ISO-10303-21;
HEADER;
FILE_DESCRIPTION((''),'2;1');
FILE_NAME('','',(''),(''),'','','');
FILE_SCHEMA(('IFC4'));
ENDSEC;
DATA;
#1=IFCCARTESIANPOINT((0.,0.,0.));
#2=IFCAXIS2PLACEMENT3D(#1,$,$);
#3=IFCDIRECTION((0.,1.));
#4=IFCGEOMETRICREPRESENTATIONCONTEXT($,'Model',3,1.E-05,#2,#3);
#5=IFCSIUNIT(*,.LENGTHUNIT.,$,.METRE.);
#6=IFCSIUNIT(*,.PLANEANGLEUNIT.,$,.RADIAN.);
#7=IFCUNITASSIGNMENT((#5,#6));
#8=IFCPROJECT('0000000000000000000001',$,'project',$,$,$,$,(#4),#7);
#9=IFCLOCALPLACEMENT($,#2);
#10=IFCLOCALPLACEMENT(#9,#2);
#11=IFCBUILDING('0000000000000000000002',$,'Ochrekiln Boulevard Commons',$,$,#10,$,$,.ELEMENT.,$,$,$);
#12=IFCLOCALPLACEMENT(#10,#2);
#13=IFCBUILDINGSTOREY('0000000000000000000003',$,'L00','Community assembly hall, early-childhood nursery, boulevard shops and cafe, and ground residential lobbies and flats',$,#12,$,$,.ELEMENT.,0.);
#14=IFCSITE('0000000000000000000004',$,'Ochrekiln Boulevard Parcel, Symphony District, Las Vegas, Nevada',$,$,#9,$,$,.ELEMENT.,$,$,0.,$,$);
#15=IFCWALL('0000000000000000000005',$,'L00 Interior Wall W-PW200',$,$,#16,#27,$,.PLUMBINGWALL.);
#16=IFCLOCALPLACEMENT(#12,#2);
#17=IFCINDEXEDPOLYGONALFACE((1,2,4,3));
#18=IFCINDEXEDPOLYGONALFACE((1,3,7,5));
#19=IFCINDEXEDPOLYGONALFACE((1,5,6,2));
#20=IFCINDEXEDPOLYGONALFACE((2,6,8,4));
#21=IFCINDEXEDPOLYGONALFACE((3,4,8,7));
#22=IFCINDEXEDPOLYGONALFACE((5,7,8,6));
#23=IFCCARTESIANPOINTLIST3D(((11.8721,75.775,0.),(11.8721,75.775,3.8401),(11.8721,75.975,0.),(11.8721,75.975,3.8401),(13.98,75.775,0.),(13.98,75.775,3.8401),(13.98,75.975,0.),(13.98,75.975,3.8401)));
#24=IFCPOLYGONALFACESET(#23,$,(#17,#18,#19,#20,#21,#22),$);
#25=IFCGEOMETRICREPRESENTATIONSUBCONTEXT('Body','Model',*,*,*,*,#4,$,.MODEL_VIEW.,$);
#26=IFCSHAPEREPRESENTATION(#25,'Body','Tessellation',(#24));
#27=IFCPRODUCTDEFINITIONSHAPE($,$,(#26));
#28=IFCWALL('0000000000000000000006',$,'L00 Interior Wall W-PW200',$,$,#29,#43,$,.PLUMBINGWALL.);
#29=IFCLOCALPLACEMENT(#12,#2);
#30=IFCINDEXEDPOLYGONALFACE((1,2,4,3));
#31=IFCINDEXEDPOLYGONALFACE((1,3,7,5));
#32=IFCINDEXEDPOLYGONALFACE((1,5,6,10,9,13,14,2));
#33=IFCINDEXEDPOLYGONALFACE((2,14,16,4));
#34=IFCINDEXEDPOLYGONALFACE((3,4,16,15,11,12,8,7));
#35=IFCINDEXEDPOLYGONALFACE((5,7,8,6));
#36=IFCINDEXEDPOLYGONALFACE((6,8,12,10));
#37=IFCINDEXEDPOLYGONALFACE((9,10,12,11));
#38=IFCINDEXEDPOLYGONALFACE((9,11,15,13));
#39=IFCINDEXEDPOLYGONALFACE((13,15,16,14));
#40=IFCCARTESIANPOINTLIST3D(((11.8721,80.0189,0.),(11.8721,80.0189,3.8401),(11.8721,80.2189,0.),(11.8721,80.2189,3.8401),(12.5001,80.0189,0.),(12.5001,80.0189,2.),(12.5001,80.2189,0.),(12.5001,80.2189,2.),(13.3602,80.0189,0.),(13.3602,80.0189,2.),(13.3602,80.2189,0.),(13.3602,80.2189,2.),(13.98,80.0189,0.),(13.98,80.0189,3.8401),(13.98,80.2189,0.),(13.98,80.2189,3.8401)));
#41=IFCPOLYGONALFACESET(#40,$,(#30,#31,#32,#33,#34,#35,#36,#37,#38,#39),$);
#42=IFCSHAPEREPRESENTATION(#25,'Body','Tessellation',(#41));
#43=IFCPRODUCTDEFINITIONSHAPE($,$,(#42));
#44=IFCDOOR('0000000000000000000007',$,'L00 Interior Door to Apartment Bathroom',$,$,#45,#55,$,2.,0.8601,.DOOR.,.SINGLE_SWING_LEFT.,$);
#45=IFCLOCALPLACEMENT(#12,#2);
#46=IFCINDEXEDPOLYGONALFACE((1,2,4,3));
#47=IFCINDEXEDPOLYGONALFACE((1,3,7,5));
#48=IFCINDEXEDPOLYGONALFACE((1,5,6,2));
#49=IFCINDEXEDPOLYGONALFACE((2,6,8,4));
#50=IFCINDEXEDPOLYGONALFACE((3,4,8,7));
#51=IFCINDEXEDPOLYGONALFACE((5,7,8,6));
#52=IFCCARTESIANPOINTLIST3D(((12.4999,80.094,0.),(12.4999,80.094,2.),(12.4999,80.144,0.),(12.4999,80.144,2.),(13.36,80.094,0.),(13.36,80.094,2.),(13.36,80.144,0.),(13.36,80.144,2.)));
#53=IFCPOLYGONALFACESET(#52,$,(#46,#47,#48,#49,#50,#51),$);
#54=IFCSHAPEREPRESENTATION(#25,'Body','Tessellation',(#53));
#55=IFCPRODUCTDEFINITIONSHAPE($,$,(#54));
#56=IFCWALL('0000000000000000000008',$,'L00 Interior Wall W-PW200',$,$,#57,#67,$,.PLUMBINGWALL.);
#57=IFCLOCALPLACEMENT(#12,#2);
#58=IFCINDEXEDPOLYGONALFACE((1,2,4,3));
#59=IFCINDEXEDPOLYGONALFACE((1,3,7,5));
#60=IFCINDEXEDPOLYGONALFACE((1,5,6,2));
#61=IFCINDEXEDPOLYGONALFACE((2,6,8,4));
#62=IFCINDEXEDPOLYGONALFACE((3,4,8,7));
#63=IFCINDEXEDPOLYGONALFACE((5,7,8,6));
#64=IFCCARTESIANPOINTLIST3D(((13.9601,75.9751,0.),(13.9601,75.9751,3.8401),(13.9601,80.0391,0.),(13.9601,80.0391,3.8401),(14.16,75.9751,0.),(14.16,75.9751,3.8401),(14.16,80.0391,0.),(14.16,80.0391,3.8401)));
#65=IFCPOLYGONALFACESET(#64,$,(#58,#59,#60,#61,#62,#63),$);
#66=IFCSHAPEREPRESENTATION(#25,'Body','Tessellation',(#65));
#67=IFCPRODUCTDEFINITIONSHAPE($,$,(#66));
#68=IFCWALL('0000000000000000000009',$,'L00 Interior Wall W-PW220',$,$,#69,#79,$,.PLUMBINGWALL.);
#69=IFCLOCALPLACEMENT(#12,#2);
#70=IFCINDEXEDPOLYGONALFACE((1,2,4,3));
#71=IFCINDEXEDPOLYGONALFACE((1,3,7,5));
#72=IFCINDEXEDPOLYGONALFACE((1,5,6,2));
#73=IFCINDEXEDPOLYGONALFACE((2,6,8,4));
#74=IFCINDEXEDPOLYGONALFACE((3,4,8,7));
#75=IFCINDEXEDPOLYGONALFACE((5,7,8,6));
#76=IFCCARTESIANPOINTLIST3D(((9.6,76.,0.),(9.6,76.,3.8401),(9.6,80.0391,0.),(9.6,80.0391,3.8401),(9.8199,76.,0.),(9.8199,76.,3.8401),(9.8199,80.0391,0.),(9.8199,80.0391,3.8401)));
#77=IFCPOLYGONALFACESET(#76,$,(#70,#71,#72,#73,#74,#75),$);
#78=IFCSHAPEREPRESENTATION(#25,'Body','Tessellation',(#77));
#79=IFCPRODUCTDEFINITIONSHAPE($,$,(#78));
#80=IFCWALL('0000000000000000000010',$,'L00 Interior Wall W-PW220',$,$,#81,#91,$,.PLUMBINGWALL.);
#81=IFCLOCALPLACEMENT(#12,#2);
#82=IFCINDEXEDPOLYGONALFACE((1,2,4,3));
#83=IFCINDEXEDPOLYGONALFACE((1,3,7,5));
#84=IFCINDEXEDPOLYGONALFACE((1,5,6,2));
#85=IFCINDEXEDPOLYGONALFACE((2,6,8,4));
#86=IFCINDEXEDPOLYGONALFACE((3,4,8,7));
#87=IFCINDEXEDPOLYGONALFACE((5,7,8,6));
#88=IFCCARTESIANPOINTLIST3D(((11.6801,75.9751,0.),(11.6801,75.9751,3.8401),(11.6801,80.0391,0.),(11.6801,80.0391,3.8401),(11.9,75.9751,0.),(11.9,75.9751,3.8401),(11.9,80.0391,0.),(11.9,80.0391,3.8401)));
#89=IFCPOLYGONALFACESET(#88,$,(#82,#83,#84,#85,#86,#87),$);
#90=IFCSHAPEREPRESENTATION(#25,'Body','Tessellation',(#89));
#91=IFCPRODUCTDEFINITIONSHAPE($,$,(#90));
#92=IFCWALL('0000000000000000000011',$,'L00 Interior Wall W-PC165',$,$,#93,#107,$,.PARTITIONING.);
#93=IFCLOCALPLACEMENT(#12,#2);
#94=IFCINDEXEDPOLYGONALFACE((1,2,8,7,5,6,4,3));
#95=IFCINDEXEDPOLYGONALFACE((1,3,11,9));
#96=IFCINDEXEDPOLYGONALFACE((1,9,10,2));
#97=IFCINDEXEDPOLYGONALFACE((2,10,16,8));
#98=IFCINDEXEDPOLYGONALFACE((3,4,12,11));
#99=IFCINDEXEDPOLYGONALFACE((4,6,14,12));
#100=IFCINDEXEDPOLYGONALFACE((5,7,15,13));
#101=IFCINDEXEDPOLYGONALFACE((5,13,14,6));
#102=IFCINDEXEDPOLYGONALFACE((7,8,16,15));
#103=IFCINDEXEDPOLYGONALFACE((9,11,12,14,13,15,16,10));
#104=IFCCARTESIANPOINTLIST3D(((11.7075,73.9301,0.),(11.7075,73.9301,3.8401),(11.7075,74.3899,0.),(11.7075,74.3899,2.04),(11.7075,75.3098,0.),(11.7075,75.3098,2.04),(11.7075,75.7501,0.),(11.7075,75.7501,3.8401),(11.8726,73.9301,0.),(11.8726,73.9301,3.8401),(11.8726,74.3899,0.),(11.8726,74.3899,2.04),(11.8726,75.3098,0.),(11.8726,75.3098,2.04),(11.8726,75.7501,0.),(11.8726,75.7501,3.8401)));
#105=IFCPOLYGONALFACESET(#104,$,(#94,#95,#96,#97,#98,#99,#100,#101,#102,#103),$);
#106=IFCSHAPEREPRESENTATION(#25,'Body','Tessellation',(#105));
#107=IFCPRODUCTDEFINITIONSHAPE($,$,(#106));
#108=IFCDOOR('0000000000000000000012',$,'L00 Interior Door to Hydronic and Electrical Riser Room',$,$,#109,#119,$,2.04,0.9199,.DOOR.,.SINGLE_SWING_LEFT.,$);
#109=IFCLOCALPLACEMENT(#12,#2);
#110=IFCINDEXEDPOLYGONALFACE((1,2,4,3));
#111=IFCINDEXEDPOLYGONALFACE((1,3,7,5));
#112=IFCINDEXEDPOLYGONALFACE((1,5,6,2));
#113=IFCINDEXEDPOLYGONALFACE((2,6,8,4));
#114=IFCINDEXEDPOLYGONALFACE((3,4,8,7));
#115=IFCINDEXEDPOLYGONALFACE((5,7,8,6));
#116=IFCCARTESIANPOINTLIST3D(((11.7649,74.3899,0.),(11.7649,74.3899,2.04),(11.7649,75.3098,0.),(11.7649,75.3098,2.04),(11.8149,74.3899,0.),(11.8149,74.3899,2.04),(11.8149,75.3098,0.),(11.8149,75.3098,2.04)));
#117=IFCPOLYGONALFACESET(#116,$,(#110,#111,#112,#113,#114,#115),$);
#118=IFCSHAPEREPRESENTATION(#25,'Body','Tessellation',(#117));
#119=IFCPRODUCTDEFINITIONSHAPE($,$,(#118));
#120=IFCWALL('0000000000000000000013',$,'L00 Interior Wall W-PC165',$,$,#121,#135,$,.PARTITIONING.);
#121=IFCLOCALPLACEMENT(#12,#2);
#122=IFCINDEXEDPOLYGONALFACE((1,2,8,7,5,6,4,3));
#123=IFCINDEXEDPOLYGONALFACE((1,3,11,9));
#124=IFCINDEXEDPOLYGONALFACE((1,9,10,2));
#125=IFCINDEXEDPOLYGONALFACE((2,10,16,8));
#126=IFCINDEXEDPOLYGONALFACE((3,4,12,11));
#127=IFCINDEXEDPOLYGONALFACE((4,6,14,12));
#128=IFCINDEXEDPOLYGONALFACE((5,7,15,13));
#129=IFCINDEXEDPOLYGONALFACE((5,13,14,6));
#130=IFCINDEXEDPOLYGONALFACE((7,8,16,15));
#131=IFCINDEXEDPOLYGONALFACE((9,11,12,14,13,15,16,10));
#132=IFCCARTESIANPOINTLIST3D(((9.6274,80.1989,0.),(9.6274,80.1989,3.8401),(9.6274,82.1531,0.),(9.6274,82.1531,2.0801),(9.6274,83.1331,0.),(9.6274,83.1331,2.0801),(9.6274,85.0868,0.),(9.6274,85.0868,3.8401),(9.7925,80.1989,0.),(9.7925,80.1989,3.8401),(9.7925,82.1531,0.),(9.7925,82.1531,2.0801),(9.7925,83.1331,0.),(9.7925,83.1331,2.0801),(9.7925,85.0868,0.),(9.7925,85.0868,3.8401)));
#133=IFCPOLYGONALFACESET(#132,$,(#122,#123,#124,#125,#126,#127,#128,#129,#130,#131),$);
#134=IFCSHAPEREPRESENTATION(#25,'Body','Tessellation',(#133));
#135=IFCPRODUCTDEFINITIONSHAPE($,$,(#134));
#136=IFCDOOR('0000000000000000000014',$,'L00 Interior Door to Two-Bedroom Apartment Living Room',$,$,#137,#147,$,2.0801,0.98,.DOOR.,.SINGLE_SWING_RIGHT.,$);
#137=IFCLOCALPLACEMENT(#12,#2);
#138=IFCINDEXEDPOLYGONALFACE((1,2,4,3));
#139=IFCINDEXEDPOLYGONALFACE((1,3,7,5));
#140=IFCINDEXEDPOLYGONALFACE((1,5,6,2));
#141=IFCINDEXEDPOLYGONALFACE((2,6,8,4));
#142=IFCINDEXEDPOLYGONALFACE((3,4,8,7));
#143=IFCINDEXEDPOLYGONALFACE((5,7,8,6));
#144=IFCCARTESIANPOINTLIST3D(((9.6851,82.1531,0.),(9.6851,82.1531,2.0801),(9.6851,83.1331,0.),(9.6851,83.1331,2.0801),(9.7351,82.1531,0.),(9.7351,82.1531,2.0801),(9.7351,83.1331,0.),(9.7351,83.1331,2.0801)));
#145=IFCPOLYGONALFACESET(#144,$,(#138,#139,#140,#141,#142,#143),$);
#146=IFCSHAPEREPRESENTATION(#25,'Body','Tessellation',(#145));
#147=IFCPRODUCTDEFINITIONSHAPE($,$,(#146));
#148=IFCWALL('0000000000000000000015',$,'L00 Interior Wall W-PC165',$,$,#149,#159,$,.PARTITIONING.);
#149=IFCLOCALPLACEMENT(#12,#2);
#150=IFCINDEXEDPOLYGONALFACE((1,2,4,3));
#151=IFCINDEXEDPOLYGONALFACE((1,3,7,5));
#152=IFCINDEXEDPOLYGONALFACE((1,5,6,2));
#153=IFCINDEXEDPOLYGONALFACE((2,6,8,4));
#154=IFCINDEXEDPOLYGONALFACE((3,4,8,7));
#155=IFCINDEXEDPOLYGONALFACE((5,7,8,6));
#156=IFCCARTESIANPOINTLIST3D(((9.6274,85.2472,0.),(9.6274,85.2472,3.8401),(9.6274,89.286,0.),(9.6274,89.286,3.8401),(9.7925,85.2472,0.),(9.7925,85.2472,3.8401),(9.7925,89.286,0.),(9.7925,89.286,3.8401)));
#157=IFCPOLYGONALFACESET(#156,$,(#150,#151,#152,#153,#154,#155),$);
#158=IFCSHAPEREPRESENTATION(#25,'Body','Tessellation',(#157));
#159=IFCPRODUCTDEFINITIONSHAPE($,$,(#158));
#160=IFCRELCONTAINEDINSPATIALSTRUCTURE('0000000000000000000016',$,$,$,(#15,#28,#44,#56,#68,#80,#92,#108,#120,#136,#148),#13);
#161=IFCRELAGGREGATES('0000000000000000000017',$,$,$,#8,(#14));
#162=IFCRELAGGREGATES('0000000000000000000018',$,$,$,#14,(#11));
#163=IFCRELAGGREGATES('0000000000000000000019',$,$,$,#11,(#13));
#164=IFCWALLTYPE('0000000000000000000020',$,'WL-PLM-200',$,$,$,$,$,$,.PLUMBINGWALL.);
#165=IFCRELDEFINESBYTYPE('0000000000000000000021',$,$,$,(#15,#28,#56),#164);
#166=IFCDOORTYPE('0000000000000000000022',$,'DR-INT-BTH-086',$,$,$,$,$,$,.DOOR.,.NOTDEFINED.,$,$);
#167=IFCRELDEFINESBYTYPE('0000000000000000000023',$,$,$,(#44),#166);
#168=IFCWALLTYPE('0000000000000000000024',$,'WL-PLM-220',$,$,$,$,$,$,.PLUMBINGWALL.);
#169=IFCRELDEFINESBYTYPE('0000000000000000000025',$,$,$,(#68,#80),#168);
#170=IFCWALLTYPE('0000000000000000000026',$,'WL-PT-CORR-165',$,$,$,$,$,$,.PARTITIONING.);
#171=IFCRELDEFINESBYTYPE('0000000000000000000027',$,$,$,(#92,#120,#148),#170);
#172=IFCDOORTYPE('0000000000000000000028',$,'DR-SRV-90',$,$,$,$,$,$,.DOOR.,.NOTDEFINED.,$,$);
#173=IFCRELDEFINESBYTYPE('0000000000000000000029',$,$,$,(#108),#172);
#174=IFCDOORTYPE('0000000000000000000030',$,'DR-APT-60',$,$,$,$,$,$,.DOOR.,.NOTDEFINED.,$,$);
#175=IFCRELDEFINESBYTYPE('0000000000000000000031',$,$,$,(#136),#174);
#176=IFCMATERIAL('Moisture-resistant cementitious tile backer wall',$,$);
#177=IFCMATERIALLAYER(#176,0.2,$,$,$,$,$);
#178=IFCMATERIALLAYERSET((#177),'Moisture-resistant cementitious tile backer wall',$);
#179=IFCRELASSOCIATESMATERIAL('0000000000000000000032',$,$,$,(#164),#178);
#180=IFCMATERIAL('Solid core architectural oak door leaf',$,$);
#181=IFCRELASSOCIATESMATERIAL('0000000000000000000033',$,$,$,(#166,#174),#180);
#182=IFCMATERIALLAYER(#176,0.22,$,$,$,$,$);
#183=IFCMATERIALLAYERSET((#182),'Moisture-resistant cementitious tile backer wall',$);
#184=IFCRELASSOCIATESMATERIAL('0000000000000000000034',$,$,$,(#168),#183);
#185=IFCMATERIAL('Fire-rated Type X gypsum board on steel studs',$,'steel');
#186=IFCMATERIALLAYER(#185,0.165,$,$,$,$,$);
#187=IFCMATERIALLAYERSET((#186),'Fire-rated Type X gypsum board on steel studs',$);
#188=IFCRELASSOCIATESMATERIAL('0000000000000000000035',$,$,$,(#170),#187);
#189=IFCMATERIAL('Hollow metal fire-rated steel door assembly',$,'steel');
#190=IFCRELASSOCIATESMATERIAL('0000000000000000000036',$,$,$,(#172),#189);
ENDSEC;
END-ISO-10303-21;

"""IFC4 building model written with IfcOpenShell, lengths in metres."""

from ifc_helpers import new_model, si_unit, direction, frame, frame_2d, origin, place, context, subcontext, project, spatial, rectangle, extrude, material, layer, layer_set, type_object, element, fill, save


model = new_model("IFC4")

# Units and contexts
model_context = context("Model", 3, precision=1e-05, world=origin(), true_north=direction((0.0, 1.0)))
body_context = subcontext(model_context, "Body", "Model", "MODEL_VIEW")
ifc_project = project(units=[si_unit("LENGTHUNIT", "METRE"), si_unit("PLANEANGLEUNIT", "RADIAN")], contexts=[model_context])

# Site, building, storey
site_placement = place(None, origin())
site = spatial("IfcSite", under=ifc_project, at=site_placement, Name="Ochrekiln Boulevard Parcel, Symphony District, Las Vegas, Nevada", CompositionType="ELEMENT", RefElevation=0.0)
building_placement = place(site_placement, origin())
building = spatial("IfcBuilding", under=site, at=building_placement, Name="Ochrekiln Boulevard Commons", CompositionType="ELEMENT")
storey_placement = place(building_placement, origin())
storey = spatial("IfcBuildingStorey", under=building, at=storey_placement, Name="L00", Description="Community assembly hall, early-childhood nursery, boulevard shops and cafe, and ground residential lobbies and flats", CompositionType="ELEMENT", Elevation=0.0)

# Wall
ifc_material_1 = material(Name="Moisture-resistant cementitious tile backer wall")
ifc_layer_1 = layer(ifc_material_1, 0.2)
ifc_layer_set_1 = layer_set([ifc_layer_1], Name="Moisture-resistant cementitious tile backer wall")
wall_type_1 = type_object("IfcWallType", Name="WL-PLM-200", PredefinedType="PLUMBINGWALL", material=ifc_layer_set_1)
wall_1_placement = place(storey_placement, frame((11.8721, 75.875, 0.0), z_axis=(0.0, 0.0, 1.0), x_axis=(1.0, 0.0, 0.0)))
element("IfcWall", 1, at=wall_1_placement, inside=storey, type_object=wall_type_1, Name="L00 Interior Wall W-PW200", PredefinedType="PLUMBINGWALL", context=body_context, shape_type="SweptSolid", body=[
    extrude(rectangle(XDim=2.1079, YDim=0.2, at=frame_2d((1.054, 0.0))), origin(), (0.0, 0.0, 1.0), 3.8401),
])

# Wall, opening, door
wall_2_placement = place(storey_placement, frame((11.8721, 80.1189, 0.0), z_axis=(0.0, 0.0, 1.0), x_axis=(1.0, 0.0, 0.0)))
wall_2 = element("IfcWall", 2, at=wall_2_placement, inside=storey, type_object=wall_type_1, Name="L00 Interior Wall W-PW200", PredefinedType="PLUMBINGWALL", context=body_context, shape_type="SweptSolid", body=[
    extrude(rectangle(XDim=2.1079, YDim=0.2, at=frame_2d((1.054, 0.0))), origin(), (0.0, 0.0, 1.0), 3.8401),
])
opening_1_placement = place(wall_2_placement, frame((0.6279, 0.0, 0.0)))
opening_1 = element("IfcOpeningElement", 3, at=opening_1_placement, cuts=wall_2, PredefinedType="OPENING", context=body_context, shape_type="SweptSolid", body=[
    extrude(rectangle(XDim=0.8601, YDim=2.0, at=frame_2d((0.4302, 1.0))), frame((0.0, 0.1099, 0.0), z_axis=(0.0, -1.0, 0.0), x_axis=(1.0, 0.0, 0.0)), (0.0, 0.0, 1.0), 0.22),
])
ifc_material_2 = material(Name="Solid core architectural oak door leaf")
door_type_1 = type_object("IfcDoorType", Name="DR-INT-BTH-086", OperationType="NOTDEFINED", PredefinedType="DOOR", material=ifc_material_2)
door_1_placement = place(opening_1_placement, frame((0.8601, 0.0, 0.0), z_axis=(0.0, 0.0, 1.0), x_axis=(-1.0, 0.0, 0.0)))
door_1 = element("IfcDoor", 4, at=door_1_placement, inside=storey, type_object=door_type_1, Name="L00 Interior Door to Apartment Bathroom", OperationType="SINGLE_SWING_LEFT", OverallHeight=2.0, OverallWidth=0.8601, PredefinedType="DOOR", context=body_context, shape_type="SweptSolid", body=[
    extrude(rectangle(XDim=0.8601, YDim=2.0, at=frame_2d((0.4302, 1.0))), frame((0.0, 0.0249, 0.0), z_axis=(0.0, -1.0, 0.0), x_axis=(1.0, 0.0, 0.0)), (0.0, 0.0, 1.0), 0.05),
])
fill(opening_1, door_1)

# Walls
wall_3_placement = place(storey_placement, frame((14.0601, 75.9751, 0.0), z_axis=(0.0, 0.0, 1.0), x_axis=(0.0, 1.0, 0.0)))
element("IfcWall", 5, at=wall_3_placement, inside=storey, type_object=wall_type_1, Name="L00 Interior Wall W-PW200", PredefinedType="PLUMBINGWALL", context=body_context, shape_type="SweptSolid", body=[
    extrude(rectangle(XDim=4.064, YDim=0.2, at=frame_2d((2.032, 0.0))), origin(), (0.0, 0.0, 1.0), 3.8401),
])
ifc_layer_2 = layer(ifc_material_1, 0.22)
ifc_layer_set_2 = layer_set([ifc_layer_2], Name="Moisture-resistant cementitious tile backer wall")
wall_type_2 = type_object("IfcWallType", Name="WL-PLM-220", PredefinedType="PLUMBINGWALL", material=ifc_layer_set_2)
wall_4_placement = place(storey_placement, frame((9.71, 76.0, 0.0), z_axis=(0.0, 0.0, 1.0), x_axis=(0.0, 1.0, 0.0)))
element("IfcWall", 6, at=wall_4_placement, inside=storey, type_object=wall_type_2, Name="L00 Interior Wall W-PW220", PredefinedType="PLUMBINGWALL", context=body_context, shape_type="SweptSolid", body=[
    extrude(rectangle(XDim=4.0391, YDim=0.22, at=frame_2d((2.0195, 0.0))), origin(), (0.0, 0.0, 1.0), 3.8401),
])
wall_5_placement = place(storey_placement, frame((11.79, 75.9751, 0.0), z_axis=(0.0, 0.0, 1.0), x_axis=(0.0, 1.0, 0.0)))
element("IfcWall", 7, at=wall_5_placement, inside=storey, type_object=wall_type_2, Name="L00 Interior Wall W-PW220", PredefinedType="PLUMBINGWALL", context=body_context, shape_type="SweptSolid", body=[
    extrude(rectangle(XDim=4.064, YDim=0.22, at=frame_2d((2.032, 0.0))), origin(), (0.0, 0.0, 1.0), 3.8401),
])

# Walls, openings, doors
ifc_material_3 = material(Name="Fire-rated Type X gypsum board on steel studs", Category="steel")
ifc_layer_3 = layer(ifc_material_3, 0.165)
ifc_layer_set_3 = layer_set([ifc_layer_3], Name="Fire-rated Type X gypsum board on steel studs")
wall_type_3 = type_object("IfcWallType", Name="WL-PT-CORR-165", PredefinedType="PARTITIONING", material=ifc_layer_set_3)
wall_6_placement = place(storey_placement, frame((11.79, 73.9299, 0.0), z_axis=(0.0, 0.0, 1.0), x_axis=(0.0, 1.0, 0.0)))
wall_6 = element("IfcWall", 8, at=wall_6_placement, inside=storey, type_object=wall_type_3, Name="L00 Interior Wall W-PC165", PredefinedType="PARTITIONING", context=body_context, shape_type="SweptSolid", body=[
    extrude(rectangle(XDim=1.8201, YDim=0.165, at=frame_2d((0.9102, 0.0))), origin(), (0.0, 0.0, 1.0), 3.8401),
])
opening_2_placement = place(wall_6_placement, frame((0.46, 0.0, 0.0)))
opening_2 = element("IfcOpeningElement", 9, at=opening_2_placement, cuts=wall_6, PredefinedType="OPENING", context=body_context, shape_type="SweptSolid", body=[
    extrude(rectangle(XDim=0.9199, YDim=2.04, at=frame_2d((0.46, 1.02))), frame((0.0, 0.0925, 0.0), z_axis=(0.0, -1.0, 0.0), x_axis=(1.0, 0.0, 0.0)), (0.0, 0.0, 1.0), 0.1851),
])
ifc_material_4 = material(Name="Hollow metal fire-rated steel door assembly", Category="steel")
door_type_2 = type_object("IfcDoorType", Name="DR-SRV-90", OperationType="NOTDEFINED", PredefinedType="DOOR", material=ifc_material_4)
door_2_placement = place(opening_2_placement, frame((0.9199, 0.0, 0.0), z_axis=(0.0, 0.0, 1.0), x_axis=(-1.0, 0.0, 0.0)))
door_2 = element("IfcDoor", 10, at=door_2_placement, inside=storey, type_object=door_type_2, Name="L00 Interior Door to Hydronic and Electrical Riser Room", OperationType="SINGLE_SWING_LEFT", OverallHeight=2.04, OverallWidth=0.9199, PredefinedType="DOOR", context=body_context, shape_type="SweptSolid", body=[
    extrude(rectangle(XDim=0.9199, YDim=2.04, at=frame_2d((0.46, 1.02))), frame((0.0, 0.0249, 0.0), z_axis=(0.0, -1.0, 0.0), x_axis=(1.0, 0.0, 0.0)), (0.0, 0.0, 1.0), 0.05),
])
fill(opening_2, door_2)
wall_7_placement = place(storey_placement, frame((9.71, 80.199, 0.0), z_axis=(0.0, 0.0, 1.0), x_axis=(0.0, 1.0, 0.0)))
wall_7 = element("IfcWall", 11, at=wall_7_placement, inside=storey, type_object=wall_type_3, Name="L00 Interior Wall W-PC165", PredefinedType="PARTITIONING", context=body_context, shape_type="SweptSolid", body=[
    extrude(rectangle(XDim=4.8879, YDim=0.165, at=frame_2d((2.4438, 0.0))), origin(), (0.0, 0.0, 1.0), 3.8401),
])
opening_3_placement = place(wall_7_placement, frame((1.9541, 0.0, 0.0)))
opening_3 = element("IfcOpeningElement", 12, at=opening_3_placement, cuts=wall_7, PredefinedType="OPENING", context=body_context, shape_type="SweptSolid", body=[
    extrude(rectangle(XDim=0.98, YDim=2.0801, at=frame_2d((0.49, 1.04))), frame((0.0, 0.0925, 0.0), z_axis=(0.0, -1.0, 0.0), x_axis=(1.0, 0.0, 0.0)), (0.0, 0.0, 1.0), 0.1851),
])
door_type_3 = type_object("IfcDoorType", Name="DR-APT-60", OperationType="NOTDEFINED", PredefinedType="DOOR", material=ifc_material_2)
door_3_placement = place(opening_3_placement, origin())
door_3 = element("IfcDoor", 13, at=door_3_placement, inside=storey, type_object=door_type_3, Name="L00 Interior Door to Two-Bedroom Apartment Living Room", OperationType="SINGLE_SWING_RIGHT", OverallHeight=2.0801, OverallWidth=0.98, PredefinedType="DOOR", context=body_context, shape_type="SweptSolid", body=[
    extrude(rectangle(XDim=0.98, YDim=2.0801, at=frame_2d((0.49, 1.04))), frame((0.0, 0.0249, 0.0), z_axis=(0.0, -1.0, 0.0), x_axis=(1.0, 0.0, 0.0)), (0.0, 0.0, 1.0), 0.05),
])
fill(opening_3, door_3)

# Wall
wall_8_placement = place(storey_placement, frame((9.71, 85.2471, 0.0), z_axis=(0.0, 0.0, 1.0), x_axis=(0.0, 1.0, 0.0)))
element("IfcWall", 14, at=wall_8_placement, inside=storey, type_object=wall_type_3, Name="L00 Interior Wall W-PC165", PredefinedType="PARTITIONING", context=body_context, shape_type="SweptSolid", body=[
    extrude(rectangle(XDim=4.0388, YDim=0.165, at=frame_2d((2.0195, 0.0))), origin(), (0.0, 0.0, 1.0), 3.8401),
])

save(model, "model.ifc")
